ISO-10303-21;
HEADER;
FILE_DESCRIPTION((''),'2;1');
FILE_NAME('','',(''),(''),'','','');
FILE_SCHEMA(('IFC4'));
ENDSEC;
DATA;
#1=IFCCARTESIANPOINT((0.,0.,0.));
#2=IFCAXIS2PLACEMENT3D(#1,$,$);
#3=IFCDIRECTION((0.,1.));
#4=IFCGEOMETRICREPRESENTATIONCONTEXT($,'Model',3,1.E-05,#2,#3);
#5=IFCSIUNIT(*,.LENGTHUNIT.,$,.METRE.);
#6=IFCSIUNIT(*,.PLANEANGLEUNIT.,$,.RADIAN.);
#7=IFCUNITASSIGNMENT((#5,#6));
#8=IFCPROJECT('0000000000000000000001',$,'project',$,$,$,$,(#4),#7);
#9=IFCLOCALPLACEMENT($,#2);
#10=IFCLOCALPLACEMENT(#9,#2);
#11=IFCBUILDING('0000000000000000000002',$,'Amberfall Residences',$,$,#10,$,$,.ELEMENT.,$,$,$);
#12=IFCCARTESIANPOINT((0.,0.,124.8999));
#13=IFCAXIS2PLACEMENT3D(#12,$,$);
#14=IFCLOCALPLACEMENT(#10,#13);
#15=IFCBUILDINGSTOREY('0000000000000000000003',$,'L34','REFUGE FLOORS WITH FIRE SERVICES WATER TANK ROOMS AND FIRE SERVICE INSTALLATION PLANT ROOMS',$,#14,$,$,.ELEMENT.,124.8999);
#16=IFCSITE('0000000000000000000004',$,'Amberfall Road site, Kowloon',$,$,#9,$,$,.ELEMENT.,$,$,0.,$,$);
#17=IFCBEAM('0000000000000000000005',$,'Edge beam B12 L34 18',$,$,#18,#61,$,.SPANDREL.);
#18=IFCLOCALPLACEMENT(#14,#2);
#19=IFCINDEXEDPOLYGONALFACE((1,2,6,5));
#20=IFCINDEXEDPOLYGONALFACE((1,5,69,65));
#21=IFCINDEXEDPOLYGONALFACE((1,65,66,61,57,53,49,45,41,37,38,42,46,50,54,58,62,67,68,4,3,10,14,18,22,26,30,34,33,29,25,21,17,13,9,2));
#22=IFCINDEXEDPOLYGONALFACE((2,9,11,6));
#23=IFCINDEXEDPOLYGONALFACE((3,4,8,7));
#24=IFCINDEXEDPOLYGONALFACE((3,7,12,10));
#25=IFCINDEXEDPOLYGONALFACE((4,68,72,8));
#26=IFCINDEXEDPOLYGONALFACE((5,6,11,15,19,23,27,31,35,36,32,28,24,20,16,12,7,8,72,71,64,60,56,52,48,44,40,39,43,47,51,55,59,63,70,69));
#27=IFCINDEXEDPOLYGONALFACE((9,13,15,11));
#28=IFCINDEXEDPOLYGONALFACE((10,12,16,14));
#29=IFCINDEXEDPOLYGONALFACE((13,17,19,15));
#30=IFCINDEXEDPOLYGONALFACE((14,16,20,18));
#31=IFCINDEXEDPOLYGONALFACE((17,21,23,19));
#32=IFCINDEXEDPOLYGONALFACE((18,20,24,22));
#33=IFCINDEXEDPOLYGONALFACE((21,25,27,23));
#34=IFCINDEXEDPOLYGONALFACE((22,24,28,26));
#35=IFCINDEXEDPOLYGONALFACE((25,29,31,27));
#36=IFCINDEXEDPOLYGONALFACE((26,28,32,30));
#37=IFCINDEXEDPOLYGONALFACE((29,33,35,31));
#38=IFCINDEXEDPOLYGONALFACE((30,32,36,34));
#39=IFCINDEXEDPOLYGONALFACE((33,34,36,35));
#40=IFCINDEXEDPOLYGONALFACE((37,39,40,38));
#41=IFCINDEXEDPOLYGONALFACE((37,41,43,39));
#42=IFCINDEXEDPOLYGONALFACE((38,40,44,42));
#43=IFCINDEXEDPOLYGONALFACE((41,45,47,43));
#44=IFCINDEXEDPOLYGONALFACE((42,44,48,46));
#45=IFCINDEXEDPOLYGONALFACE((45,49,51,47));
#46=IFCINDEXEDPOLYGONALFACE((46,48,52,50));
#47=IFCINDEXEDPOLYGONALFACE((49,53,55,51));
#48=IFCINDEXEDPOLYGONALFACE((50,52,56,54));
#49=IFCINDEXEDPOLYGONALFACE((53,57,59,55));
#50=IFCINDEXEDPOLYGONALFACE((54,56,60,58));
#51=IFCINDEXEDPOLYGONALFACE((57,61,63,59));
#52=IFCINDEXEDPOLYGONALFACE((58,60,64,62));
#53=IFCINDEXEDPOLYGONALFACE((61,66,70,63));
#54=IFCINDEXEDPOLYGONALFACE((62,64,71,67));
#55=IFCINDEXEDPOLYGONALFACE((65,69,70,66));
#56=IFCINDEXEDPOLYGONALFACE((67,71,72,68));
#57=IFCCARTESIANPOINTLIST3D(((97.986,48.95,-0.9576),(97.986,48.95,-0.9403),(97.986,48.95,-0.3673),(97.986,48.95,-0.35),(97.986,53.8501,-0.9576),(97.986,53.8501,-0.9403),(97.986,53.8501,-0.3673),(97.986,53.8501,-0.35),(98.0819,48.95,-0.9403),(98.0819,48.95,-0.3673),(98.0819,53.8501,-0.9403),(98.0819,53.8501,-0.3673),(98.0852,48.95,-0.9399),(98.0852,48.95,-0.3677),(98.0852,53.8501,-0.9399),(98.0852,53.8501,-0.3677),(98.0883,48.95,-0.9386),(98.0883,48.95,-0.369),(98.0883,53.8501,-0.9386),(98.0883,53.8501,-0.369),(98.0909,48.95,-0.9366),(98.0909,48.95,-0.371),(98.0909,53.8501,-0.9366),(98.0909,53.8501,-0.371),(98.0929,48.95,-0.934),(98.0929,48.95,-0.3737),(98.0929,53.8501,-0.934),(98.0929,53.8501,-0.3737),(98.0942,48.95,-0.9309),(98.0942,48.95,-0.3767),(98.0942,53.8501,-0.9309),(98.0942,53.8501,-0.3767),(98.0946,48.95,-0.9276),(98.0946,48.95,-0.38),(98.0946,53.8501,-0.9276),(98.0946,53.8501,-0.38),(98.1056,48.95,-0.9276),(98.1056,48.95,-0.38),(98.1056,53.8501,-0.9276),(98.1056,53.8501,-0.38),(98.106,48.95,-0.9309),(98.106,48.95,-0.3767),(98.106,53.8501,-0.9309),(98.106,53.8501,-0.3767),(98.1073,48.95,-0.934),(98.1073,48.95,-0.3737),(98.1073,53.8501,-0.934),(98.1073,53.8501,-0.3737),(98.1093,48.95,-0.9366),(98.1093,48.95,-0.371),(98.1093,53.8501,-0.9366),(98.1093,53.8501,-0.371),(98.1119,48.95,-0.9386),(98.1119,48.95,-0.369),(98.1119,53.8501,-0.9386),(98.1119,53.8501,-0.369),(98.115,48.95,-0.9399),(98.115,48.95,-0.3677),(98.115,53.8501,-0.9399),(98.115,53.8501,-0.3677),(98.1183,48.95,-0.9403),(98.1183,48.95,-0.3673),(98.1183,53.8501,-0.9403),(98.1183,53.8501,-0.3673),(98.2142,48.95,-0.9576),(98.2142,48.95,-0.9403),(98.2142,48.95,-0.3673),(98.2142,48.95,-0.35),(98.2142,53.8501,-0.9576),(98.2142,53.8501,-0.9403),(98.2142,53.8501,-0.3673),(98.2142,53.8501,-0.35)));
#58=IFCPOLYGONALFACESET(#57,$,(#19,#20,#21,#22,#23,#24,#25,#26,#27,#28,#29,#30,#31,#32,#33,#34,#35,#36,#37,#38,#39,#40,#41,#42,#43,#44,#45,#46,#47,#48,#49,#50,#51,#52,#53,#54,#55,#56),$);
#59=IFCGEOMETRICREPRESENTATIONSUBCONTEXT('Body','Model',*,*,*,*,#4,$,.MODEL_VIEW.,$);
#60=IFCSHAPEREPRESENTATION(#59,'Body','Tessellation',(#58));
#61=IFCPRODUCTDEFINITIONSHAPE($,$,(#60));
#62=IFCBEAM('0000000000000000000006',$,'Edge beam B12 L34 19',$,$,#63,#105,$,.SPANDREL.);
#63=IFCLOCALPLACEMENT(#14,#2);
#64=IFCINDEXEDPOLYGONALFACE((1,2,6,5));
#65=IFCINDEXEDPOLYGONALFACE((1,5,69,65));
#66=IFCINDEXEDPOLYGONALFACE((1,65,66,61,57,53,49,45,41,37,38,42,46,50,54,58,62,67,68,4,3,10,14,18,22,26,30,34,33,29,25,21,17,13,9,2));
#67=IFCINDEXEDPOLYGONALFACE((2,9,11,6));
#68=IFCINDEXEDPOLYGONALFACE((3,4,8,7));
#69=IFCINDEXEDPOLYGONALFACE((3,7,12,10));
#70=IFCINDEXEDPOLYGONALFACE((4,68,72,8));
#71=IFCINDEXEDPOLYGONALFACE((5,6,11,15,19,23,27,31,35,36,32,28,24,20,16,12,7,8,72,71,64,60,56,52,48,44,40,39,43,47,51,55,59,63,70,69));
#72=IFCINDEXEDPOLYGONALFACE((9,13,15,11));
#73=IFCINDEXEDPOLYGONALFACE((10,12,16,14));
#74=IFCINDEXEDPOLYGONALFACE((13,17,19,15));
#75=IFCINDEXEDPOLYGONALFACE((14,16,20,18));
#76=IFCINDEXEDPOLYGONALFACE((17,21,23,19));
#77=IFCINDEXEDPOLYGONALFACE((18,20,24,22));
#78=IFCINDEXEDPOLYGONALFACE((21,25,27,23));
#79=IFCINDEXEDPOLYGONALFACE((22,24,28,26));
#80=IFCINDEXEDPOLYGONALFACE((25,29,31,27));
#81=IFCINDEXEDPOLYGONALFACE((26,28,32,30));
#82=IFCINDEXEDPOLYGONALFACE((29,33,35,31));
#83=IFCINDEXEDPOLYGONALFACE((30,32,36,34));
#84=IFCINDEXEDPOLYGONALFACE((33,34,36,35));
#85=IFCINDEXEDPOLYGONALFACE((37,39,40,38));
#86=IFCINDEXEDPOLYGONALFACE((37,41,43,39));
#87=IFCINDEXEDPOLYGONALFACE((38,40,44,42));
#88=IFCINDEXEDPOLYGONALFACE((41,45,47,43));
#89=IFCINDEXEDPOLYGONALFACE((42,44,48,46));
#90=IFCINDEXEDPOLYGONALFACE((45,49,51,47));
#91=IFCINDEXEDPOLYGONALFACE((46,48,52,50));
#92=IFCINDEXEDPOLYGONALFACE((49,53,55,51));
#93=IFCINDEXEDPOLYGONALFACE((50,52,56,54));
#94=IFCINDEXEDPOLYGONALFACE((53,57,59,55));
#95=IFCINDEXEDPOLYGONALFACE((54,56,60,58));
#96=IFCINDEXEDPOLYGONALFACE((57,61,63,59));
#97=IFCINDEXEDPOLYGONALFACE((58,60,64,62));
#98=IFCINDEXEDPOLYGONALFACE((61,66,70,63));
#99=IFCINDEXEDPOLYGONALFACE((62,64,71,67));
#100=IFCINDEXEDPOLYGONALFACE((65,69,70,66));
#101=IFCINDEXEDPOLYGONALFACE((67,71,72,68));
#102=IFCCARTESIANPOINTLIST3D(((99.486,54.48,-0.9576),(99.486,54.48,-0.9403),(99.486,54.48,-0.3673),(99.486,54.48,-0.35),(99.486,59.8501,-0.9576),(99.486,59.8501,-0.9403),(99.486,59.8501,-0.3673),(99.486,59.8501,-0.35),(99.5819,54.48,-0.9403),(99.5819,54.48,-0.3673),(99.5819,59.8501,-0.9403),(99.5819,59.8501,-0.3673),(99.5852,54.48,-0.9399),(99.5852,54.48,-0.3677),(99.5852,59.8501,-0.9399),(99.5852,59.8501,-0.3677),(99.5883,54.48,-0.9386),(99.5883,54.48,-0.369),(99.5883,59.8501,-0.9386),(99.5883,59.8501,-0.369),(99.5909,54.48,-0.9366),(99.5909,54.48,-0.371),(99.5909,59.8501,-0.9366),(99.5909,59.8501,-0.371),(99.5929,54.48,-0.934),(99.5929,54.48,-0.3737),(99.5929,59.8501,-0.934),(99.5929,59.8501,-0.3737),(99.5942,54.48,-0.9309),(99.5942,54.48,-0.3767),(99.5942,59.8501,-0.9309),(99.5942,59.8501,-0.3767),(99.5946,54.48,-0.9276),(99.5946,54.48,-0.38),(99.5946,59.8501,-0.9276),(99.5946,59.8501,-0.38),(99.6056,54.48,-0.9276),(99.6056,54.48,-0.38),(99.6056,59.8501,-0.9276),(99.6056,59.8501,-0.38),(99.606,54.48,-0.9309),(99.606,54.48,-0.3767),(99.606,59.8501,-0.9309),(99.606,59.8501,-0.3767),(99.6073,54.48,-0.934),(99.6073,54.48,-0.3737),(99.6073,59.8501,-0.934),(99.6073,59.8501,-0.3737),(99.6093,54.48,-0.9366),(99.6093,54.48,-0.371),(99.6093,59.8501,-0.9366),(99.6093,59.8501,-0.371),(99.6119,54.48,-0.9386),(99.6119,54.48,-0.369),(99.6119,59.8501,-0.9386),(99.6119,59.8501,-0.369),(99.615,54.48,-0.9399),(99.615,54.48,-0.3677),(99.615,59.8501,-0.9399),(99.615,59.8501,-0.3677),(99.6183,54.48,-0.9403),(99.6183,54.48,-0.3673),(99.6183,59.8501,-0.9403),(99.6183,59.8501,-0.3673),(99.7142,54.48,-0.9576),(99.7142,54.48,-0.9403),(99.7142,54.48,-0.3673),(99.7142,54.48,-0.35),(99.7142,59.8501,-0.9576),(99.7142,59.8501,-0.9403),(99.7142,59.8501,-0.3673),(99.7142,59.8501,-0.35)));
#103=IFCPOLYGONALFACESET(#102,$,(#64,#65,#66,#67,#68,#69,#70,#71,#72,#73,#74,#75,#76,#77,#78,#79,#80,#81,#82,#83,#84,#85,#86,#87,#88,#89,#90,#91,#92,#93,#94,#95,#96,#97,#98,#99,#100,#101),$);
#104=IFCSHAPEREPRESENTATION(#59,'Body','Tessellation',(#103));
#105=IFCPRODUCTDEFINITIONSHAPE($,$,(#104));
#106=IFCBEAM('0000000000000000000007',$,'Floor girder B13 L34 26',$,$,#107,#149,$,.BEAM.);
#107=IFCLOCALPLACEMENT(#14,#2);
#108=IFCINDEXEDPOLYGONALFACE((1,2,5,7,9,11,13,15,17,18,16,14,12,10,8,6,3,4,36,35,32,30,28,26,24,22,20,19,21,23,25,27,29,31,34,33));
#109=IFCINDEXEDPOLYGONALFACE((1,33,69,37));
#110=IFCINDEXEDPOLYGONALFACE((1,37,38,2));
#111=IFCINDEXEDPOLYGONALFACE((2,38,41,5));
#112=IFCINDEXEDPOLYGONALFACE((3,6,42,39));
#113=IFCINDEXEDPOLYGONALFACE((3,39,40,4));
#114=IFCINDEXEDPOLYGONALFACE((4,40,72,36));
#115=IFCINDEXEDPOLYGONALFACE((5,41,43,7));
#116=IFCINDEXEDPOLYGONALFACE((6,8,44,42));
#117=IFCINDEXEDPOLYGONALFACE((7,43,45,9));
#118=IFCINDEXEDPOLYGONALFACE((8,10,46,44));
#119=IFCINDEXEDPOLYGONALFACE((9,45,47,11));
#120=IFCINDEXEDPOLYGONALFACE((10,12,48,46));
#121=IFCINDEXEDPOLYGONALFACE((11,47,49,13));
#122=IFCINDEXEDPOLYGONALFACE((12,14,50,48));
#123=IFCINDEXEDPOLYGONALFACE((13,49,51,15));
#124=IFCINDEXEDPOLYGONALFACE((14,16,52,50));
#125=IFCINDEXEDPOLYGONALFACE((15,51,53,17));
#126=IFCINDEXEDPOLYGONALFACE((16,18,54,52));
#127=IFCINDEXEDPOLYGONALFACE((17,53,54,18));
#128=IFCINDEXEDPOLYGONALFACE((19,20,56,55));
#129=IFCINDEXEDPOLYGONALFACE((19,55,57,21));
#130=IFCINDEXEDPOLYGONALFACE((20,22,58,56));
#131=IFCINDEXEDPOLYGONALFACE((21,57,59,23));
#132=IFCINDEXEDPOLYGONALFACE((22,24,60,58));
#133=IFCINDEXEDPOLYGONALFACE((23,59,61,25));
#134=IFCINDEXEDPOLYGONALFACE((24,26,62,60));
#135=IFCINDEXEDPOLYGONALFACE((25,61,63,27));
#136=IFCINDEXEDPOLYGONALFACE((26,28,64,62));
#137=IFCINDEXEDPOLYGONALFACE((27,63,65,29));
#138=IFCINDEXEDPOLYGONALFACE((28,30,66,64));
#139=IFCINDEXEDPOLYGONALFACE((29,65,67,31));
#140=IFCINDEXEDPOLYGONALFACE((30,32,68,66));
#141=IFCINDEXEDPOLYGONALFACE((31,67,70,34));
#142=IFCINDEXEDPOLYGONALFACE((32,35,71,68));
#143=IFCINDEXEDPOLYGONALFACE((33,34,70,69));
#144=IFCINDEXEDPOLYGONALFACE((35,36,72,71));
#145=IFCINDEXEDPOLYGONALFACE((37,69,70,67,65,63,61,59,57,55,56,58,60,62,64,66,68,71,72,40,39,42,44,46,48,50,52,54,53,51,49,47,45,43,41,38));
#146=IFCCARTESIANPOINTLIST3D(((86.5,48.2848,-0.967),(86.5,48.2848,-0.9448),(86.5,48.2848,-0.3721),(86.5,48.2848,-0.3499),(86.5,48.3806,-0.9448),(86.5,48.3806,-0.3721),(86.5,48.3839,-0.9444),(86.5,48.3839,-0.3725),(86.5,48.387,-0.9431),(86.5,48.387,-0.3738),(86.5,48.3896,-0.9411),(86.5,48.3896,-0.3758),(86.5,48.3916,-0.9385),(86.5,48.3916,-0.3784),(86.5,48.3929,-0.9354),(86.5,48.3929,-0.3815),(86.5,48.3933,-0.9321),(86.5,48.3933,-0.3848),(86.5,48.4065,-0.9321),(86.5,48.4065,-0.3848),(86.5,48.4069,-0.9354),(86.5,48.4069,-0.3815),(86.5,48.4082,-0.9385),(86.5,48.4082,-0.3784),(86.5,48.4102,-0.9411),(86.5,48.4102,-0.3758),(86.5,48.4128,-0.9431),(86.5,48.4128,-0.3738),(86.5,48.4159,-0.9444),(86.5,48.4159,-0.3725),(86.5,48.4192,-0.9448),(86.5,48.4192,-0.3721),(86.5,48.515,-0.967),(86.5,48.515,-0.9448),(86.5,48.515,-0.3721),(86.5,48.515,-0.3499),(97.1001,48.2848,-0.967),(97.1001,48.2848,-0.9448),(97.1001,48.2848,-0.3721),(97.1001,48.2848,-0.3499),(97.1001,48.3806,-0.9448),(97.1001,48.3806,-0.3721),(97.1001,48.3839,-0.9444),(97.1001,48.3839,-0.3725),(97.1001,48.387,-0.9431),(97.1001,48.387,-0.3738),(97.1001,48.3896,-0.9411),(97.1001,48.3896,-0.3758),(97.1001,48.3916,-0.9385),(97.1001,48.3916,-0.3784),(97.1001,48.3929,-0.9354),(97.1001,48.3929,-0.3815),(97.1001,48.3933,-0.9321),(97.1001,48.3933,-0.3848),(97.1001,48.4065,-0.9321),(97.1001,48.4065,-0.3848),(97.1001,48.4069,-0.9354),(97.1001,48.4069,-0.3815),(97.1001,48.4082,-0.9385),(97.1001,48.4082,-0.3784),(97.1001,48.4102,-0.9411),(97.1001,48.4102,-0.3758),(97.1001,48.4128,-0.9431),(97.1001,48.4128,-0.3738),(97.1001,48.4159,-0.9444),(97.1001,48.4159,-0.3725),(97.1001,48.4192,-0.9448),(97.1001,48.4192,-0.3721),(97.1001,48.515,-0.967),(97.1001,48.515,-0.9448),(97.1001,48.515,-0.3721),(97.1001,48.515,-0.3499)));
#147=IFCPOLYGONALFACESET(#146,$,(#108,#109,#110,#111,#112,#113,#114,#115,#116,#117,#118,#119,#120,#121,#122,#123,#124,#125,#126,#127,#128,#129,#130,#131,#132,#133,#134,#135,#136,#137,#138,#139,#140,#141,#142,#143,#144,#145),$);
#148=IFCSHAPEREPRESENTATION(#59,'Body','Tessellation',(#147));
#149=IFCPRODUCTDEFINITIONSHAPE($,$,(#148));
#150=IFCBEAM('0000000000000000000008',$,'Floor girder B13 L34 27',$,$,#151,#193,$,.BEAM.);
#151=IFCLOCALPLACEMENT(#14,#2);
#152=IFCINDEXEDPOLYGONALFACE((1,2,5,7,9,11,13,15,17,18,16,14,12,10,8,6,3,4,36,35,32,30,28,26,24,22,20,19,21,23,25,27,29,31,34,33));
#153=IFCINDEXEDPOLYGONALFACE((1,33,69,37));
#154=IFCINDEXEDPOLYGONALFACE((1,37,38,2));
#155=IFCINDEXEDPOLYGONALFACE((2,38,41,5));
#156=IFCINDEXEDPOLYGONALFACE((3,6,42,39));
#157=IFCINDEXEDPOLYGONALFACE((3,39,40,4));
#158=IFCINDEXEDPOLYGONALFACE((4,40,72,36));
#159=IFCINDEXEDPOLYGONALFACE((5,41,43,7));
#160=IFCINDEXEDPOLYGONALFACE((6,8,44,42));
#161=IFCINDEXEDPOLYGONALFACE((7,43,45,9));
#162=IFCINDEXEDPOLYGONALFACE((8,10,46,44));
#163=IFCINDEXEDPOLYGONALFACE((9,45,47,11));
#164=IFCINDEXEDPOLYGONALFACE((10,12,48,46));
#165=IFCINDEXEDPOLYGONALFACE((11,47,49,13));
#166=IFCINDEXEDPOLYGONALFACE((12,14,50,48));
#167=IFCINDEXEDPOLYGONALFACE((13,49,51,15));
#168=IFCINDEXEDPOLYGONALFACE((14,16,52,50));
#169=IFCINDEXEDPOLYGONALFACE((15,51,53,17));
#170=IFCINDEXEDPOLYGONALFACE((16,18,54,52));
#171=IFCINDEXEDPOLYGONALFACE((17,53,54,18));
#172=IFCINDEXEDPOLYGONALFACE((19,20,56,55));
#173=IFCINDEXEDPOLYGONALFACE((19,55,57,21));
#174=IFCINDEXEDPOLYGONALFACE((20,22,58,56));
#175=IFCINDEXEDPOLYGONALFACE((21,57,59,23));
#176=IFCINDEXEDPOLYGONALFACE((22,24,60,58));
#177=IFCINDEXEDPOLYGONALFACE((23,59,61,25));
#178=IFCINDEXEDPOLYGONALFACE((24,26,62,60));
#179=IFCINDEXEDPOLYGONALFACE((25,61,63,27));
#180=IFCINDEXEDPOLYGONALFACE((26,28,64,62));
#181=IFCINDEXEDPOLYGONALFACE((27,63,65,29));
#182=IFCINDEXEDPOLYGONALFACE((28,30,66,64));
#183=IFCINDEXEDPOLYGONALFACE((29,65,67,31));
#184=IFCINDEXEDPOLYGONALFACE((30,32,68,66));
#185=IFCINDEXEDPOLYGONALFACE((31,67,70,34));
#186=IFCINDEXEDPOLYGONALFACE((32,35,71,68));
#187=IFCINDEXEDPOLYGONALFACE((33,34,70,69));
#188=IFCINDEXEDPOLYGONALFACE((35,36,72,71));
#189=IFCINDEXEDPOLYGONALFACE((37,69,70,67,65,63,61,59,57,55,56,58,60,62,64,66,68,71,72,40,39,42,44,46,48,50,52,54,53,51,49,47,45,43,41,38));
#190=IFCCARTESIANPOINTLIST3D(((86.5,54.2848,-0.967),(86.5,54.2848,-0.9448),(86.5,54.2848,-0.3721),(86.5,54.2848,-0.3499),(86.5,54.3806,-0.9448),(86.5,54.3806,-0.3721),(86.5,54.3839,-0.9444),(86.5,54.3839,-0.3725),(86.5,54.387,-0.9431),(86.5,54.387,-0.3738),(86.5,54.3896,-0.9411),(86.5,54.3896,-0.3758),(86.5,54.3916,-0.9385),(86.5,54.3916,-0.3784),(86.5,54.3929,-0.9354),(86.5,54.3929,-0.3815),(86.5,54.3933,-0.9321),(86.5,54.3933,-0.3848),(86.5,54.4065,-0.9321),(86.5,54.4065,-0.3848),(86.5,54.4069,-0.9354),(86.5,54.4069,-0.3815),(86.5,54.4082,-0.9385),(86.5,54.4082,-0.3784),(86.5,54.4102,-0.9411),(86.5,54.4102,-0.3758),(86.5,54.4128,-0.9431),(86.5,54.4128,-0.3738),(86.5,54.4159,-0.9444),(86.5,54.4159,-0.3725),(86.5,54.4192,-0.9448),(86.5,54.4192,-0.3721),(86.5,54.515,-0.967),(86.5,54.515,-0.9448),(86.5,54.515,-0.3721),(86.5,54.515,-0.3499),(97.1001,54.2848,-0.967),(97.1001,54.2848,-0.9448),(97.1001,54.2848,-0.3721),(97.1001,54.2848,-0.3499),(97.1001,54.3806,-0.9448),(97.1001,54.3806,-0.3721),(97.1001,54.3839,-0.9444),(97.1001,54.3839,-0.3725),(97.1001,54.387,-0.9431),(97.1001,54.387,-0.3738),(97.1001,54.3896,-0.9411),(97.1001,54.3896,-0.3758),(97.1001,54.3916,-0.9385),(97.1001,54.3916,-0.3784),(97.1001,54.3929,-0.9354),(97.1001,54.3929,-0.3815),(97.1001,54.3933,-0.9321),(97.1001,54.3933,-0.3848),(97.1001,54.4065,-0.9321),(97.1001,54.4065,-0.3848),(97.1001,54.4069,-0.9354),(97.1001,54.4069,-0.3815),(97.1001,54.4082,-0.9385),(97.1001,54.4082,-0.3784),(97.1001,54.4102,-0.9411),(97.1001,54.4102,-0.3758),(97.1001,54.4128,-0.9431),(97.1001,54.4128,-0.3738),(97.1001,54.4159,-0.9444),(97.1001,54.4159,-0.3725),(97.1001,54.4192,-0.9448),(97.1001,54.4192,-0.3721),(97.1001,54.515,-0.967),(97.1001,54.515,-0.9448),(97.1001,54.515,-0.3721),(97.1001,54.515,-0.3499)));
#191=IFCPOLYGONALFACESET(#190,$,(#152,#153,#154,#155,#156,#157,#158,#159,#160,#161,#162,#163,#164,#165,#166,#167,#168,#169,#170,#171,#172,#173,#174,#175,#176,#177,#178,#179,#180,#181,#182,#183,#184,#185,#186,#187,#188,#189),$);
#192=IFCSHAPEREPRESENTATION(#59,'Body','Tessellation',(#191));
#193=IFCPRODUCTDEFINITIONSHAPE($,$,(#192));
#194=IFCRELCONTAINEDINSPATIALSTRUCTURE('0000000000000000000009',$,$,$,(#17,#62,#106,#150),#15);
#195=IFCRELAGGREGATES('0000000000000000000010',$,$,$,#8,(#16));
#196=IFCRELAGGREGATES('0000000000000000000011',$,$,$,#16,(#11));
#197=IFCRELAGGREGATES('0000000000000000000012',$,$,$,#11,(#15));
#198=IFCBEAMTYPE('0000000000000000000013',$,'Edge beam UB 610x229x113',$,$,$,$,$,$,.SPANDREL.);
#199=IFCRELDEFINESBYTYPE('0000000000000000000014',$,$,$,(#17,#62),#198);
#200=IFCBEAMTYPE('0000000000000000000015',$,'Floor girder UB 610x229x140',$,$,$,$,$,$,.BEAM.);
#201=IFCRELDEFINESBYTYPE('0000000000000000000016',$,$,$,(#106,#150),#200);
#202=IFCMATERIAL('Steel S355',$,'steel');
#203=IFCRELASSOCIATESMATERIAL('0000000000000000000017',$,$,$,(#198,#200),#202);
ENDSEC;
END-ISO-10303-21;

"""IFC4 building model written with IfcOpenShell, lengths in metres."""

from ifc_helpers import new_model, si_unit, direction, frame, origin, origin_2d, place, context, subcontext, project, spatial, i_section, extrude, material, material_profile, profile_set, type_object, element, save


model = new_model("IFC4")

# Units and contexts
model_context = context("Model", 3, precision=1e-05, world=origin(), true_north=direction((0.0, 1.0)))
body_context = subcontext(model_context, "Body", "Model", "MODEL_VIEW")
ifc_project = project(units=[si_unit("LENGTHUNIT", "METRE"), si_unit("PLANEANGLEUNIT", "RADIAN")], contexts=[model_context])

# Site, building, storey
site_placement = place(None, origin())
site = spatial("IfcSite", under=ifc_project, at=site_placement, Name="Amberfall Road site, Kowloon", CompositionType="ELEMENT", RefElevation=0.0)
building_placement = place(site_placement, origin())
building = spatial("IfcBuilding", under=site, at=building_placement, Name="Amberfall Residences", CompositionType="ELEMENT")
storey_placement = place(building_placement, frame((0.0, 0.0, 124.8999)))
storey = spatial("IfcBuildingStorey", under=building, at=storey_placement, Name="L34", Description="REFUGE FLOORS WITH FIRE SERVICES WATER TANK ROOMS AND FIRE SERVICE INSTALLATION PLANT ROOMS", CompositionType="ELEMENT", Elevation=124.8999)

# Shared definitions
ifc_material_1 = material(Name="Steel S355", Category="steel")

# Beams
ifc_material_profile_1 = material_profile(ifc_material_1, i_section(OverallWidth=0.2283, OverallDepth=0.6077, WebThickness=0.011, FlangeThickness=0.0173, FilletRadius=0.0127, at=origin_2d()), Name="UB 610x229x113")
ifc_profile_set_1 = profile_set([ifc_material_profile_1], Name="Steel S355")
beam_type_1 = type_object("IfcBeamType", Name="Edge beam UB 610x229x113", PredefinedType="SPANDREL", material=ifc_profile_set_1)
beam_1_placement = place(storey_placement, frame((98.1001, 48.95, -0.6538), z_axis=(0.0, 1.0, 0.0), x_axis=(-1.0, 0.0, 0.0)))
element("IfcBeam", 1, at=beam_1_placement, inside=storey, type_object=beam_type_1, Name="Edge beam B12 L34 18", PredefinedType="SPANDREL", context=body_context, shape_type="SweptSolid", body=[
    extrude(i_section(OverallWidth=0.2283, OverallDepth=0.6077, WebThickness=0.011, FlangeThickness=0.0173, FilletRadius=0.0127, at=origin_2d()), origin(), (0.0, 0.0, 1.0), 4.9001),
])
beam_2_placement = place(storey_placement, frame((99.6001, 54.48, -0.6538), z_axis=(0.0, 1.0, 0.0), x_axis=(-1.0, 0.0, 0.0)))
element("IfcBeam", 2, at=beam_2_placement, inside=storey, type_object=beam_type_1, Name="Edge beam B12 L34 19", PredefinedType="SPANDREL", context=body_context, shape_type="SweptSolid", body=[
    extrude(i_section(OverallWidth=0.2283, OverallDepth=0.6077, WebThickness=0.011, FlangeThickness=0.0173, FilletRadius=0.0127, at=origin_2d()), origin(), (0.0, 0.0, 1.0), 5.3701),
])
ifc_material_profile_2 = material_profile(ifc_material_1, i_section(OverallWidth=0.2302, OverallDepth=0.6172, WebThickness=0.0132, FlangeThickness=0.0222, FilletRadius=0.0127, at=origin_2d()), Name="UB 610x229x140")
ifc_profile_set_2 = profile_set([ifc_material_profile_2], Name="Steel S355")
beam_type_2 = type_object("IfcBeamType", Name="Floor girder UB 610x229x140", PredefinedType="BEAM", material=ifc_profile_set_2)
for number, where, z_axis, x_axis, name in (
    (3, (97.1001, 48.3999, -0.6584), (-1.0, 0.0, 0.0), (0.0, -1.0, 0.0), "Floor girder B13 L34 26"),
    (4, (97.1001, 54.3999, -0.6584), (-1.0, 0.0, 0.0), (0.0, -1.0, 0.0), "Floor girder B13 L34 27"),
):
    element("IfcBeam", number, at=place(storey_placement, frame(where, z_axis=z_axis, x_axis=x_axis)), inside=storey, type_object=beam_type_2, Name=name, PredefinedType="BEAM", context=body_context, shape_type="SweptSolid", body=[
        extrude(i_section(OverallWidth=0.2302, OverallDepth=0.6172, WebThickness=0.0132, FlangeThickness=0.0222, FilletRadius=0.0127, at=origin_2d()), origin(), (0.0, 0.0, 1.0), 10.6001),
    ])

save(model, "model.ifc")
